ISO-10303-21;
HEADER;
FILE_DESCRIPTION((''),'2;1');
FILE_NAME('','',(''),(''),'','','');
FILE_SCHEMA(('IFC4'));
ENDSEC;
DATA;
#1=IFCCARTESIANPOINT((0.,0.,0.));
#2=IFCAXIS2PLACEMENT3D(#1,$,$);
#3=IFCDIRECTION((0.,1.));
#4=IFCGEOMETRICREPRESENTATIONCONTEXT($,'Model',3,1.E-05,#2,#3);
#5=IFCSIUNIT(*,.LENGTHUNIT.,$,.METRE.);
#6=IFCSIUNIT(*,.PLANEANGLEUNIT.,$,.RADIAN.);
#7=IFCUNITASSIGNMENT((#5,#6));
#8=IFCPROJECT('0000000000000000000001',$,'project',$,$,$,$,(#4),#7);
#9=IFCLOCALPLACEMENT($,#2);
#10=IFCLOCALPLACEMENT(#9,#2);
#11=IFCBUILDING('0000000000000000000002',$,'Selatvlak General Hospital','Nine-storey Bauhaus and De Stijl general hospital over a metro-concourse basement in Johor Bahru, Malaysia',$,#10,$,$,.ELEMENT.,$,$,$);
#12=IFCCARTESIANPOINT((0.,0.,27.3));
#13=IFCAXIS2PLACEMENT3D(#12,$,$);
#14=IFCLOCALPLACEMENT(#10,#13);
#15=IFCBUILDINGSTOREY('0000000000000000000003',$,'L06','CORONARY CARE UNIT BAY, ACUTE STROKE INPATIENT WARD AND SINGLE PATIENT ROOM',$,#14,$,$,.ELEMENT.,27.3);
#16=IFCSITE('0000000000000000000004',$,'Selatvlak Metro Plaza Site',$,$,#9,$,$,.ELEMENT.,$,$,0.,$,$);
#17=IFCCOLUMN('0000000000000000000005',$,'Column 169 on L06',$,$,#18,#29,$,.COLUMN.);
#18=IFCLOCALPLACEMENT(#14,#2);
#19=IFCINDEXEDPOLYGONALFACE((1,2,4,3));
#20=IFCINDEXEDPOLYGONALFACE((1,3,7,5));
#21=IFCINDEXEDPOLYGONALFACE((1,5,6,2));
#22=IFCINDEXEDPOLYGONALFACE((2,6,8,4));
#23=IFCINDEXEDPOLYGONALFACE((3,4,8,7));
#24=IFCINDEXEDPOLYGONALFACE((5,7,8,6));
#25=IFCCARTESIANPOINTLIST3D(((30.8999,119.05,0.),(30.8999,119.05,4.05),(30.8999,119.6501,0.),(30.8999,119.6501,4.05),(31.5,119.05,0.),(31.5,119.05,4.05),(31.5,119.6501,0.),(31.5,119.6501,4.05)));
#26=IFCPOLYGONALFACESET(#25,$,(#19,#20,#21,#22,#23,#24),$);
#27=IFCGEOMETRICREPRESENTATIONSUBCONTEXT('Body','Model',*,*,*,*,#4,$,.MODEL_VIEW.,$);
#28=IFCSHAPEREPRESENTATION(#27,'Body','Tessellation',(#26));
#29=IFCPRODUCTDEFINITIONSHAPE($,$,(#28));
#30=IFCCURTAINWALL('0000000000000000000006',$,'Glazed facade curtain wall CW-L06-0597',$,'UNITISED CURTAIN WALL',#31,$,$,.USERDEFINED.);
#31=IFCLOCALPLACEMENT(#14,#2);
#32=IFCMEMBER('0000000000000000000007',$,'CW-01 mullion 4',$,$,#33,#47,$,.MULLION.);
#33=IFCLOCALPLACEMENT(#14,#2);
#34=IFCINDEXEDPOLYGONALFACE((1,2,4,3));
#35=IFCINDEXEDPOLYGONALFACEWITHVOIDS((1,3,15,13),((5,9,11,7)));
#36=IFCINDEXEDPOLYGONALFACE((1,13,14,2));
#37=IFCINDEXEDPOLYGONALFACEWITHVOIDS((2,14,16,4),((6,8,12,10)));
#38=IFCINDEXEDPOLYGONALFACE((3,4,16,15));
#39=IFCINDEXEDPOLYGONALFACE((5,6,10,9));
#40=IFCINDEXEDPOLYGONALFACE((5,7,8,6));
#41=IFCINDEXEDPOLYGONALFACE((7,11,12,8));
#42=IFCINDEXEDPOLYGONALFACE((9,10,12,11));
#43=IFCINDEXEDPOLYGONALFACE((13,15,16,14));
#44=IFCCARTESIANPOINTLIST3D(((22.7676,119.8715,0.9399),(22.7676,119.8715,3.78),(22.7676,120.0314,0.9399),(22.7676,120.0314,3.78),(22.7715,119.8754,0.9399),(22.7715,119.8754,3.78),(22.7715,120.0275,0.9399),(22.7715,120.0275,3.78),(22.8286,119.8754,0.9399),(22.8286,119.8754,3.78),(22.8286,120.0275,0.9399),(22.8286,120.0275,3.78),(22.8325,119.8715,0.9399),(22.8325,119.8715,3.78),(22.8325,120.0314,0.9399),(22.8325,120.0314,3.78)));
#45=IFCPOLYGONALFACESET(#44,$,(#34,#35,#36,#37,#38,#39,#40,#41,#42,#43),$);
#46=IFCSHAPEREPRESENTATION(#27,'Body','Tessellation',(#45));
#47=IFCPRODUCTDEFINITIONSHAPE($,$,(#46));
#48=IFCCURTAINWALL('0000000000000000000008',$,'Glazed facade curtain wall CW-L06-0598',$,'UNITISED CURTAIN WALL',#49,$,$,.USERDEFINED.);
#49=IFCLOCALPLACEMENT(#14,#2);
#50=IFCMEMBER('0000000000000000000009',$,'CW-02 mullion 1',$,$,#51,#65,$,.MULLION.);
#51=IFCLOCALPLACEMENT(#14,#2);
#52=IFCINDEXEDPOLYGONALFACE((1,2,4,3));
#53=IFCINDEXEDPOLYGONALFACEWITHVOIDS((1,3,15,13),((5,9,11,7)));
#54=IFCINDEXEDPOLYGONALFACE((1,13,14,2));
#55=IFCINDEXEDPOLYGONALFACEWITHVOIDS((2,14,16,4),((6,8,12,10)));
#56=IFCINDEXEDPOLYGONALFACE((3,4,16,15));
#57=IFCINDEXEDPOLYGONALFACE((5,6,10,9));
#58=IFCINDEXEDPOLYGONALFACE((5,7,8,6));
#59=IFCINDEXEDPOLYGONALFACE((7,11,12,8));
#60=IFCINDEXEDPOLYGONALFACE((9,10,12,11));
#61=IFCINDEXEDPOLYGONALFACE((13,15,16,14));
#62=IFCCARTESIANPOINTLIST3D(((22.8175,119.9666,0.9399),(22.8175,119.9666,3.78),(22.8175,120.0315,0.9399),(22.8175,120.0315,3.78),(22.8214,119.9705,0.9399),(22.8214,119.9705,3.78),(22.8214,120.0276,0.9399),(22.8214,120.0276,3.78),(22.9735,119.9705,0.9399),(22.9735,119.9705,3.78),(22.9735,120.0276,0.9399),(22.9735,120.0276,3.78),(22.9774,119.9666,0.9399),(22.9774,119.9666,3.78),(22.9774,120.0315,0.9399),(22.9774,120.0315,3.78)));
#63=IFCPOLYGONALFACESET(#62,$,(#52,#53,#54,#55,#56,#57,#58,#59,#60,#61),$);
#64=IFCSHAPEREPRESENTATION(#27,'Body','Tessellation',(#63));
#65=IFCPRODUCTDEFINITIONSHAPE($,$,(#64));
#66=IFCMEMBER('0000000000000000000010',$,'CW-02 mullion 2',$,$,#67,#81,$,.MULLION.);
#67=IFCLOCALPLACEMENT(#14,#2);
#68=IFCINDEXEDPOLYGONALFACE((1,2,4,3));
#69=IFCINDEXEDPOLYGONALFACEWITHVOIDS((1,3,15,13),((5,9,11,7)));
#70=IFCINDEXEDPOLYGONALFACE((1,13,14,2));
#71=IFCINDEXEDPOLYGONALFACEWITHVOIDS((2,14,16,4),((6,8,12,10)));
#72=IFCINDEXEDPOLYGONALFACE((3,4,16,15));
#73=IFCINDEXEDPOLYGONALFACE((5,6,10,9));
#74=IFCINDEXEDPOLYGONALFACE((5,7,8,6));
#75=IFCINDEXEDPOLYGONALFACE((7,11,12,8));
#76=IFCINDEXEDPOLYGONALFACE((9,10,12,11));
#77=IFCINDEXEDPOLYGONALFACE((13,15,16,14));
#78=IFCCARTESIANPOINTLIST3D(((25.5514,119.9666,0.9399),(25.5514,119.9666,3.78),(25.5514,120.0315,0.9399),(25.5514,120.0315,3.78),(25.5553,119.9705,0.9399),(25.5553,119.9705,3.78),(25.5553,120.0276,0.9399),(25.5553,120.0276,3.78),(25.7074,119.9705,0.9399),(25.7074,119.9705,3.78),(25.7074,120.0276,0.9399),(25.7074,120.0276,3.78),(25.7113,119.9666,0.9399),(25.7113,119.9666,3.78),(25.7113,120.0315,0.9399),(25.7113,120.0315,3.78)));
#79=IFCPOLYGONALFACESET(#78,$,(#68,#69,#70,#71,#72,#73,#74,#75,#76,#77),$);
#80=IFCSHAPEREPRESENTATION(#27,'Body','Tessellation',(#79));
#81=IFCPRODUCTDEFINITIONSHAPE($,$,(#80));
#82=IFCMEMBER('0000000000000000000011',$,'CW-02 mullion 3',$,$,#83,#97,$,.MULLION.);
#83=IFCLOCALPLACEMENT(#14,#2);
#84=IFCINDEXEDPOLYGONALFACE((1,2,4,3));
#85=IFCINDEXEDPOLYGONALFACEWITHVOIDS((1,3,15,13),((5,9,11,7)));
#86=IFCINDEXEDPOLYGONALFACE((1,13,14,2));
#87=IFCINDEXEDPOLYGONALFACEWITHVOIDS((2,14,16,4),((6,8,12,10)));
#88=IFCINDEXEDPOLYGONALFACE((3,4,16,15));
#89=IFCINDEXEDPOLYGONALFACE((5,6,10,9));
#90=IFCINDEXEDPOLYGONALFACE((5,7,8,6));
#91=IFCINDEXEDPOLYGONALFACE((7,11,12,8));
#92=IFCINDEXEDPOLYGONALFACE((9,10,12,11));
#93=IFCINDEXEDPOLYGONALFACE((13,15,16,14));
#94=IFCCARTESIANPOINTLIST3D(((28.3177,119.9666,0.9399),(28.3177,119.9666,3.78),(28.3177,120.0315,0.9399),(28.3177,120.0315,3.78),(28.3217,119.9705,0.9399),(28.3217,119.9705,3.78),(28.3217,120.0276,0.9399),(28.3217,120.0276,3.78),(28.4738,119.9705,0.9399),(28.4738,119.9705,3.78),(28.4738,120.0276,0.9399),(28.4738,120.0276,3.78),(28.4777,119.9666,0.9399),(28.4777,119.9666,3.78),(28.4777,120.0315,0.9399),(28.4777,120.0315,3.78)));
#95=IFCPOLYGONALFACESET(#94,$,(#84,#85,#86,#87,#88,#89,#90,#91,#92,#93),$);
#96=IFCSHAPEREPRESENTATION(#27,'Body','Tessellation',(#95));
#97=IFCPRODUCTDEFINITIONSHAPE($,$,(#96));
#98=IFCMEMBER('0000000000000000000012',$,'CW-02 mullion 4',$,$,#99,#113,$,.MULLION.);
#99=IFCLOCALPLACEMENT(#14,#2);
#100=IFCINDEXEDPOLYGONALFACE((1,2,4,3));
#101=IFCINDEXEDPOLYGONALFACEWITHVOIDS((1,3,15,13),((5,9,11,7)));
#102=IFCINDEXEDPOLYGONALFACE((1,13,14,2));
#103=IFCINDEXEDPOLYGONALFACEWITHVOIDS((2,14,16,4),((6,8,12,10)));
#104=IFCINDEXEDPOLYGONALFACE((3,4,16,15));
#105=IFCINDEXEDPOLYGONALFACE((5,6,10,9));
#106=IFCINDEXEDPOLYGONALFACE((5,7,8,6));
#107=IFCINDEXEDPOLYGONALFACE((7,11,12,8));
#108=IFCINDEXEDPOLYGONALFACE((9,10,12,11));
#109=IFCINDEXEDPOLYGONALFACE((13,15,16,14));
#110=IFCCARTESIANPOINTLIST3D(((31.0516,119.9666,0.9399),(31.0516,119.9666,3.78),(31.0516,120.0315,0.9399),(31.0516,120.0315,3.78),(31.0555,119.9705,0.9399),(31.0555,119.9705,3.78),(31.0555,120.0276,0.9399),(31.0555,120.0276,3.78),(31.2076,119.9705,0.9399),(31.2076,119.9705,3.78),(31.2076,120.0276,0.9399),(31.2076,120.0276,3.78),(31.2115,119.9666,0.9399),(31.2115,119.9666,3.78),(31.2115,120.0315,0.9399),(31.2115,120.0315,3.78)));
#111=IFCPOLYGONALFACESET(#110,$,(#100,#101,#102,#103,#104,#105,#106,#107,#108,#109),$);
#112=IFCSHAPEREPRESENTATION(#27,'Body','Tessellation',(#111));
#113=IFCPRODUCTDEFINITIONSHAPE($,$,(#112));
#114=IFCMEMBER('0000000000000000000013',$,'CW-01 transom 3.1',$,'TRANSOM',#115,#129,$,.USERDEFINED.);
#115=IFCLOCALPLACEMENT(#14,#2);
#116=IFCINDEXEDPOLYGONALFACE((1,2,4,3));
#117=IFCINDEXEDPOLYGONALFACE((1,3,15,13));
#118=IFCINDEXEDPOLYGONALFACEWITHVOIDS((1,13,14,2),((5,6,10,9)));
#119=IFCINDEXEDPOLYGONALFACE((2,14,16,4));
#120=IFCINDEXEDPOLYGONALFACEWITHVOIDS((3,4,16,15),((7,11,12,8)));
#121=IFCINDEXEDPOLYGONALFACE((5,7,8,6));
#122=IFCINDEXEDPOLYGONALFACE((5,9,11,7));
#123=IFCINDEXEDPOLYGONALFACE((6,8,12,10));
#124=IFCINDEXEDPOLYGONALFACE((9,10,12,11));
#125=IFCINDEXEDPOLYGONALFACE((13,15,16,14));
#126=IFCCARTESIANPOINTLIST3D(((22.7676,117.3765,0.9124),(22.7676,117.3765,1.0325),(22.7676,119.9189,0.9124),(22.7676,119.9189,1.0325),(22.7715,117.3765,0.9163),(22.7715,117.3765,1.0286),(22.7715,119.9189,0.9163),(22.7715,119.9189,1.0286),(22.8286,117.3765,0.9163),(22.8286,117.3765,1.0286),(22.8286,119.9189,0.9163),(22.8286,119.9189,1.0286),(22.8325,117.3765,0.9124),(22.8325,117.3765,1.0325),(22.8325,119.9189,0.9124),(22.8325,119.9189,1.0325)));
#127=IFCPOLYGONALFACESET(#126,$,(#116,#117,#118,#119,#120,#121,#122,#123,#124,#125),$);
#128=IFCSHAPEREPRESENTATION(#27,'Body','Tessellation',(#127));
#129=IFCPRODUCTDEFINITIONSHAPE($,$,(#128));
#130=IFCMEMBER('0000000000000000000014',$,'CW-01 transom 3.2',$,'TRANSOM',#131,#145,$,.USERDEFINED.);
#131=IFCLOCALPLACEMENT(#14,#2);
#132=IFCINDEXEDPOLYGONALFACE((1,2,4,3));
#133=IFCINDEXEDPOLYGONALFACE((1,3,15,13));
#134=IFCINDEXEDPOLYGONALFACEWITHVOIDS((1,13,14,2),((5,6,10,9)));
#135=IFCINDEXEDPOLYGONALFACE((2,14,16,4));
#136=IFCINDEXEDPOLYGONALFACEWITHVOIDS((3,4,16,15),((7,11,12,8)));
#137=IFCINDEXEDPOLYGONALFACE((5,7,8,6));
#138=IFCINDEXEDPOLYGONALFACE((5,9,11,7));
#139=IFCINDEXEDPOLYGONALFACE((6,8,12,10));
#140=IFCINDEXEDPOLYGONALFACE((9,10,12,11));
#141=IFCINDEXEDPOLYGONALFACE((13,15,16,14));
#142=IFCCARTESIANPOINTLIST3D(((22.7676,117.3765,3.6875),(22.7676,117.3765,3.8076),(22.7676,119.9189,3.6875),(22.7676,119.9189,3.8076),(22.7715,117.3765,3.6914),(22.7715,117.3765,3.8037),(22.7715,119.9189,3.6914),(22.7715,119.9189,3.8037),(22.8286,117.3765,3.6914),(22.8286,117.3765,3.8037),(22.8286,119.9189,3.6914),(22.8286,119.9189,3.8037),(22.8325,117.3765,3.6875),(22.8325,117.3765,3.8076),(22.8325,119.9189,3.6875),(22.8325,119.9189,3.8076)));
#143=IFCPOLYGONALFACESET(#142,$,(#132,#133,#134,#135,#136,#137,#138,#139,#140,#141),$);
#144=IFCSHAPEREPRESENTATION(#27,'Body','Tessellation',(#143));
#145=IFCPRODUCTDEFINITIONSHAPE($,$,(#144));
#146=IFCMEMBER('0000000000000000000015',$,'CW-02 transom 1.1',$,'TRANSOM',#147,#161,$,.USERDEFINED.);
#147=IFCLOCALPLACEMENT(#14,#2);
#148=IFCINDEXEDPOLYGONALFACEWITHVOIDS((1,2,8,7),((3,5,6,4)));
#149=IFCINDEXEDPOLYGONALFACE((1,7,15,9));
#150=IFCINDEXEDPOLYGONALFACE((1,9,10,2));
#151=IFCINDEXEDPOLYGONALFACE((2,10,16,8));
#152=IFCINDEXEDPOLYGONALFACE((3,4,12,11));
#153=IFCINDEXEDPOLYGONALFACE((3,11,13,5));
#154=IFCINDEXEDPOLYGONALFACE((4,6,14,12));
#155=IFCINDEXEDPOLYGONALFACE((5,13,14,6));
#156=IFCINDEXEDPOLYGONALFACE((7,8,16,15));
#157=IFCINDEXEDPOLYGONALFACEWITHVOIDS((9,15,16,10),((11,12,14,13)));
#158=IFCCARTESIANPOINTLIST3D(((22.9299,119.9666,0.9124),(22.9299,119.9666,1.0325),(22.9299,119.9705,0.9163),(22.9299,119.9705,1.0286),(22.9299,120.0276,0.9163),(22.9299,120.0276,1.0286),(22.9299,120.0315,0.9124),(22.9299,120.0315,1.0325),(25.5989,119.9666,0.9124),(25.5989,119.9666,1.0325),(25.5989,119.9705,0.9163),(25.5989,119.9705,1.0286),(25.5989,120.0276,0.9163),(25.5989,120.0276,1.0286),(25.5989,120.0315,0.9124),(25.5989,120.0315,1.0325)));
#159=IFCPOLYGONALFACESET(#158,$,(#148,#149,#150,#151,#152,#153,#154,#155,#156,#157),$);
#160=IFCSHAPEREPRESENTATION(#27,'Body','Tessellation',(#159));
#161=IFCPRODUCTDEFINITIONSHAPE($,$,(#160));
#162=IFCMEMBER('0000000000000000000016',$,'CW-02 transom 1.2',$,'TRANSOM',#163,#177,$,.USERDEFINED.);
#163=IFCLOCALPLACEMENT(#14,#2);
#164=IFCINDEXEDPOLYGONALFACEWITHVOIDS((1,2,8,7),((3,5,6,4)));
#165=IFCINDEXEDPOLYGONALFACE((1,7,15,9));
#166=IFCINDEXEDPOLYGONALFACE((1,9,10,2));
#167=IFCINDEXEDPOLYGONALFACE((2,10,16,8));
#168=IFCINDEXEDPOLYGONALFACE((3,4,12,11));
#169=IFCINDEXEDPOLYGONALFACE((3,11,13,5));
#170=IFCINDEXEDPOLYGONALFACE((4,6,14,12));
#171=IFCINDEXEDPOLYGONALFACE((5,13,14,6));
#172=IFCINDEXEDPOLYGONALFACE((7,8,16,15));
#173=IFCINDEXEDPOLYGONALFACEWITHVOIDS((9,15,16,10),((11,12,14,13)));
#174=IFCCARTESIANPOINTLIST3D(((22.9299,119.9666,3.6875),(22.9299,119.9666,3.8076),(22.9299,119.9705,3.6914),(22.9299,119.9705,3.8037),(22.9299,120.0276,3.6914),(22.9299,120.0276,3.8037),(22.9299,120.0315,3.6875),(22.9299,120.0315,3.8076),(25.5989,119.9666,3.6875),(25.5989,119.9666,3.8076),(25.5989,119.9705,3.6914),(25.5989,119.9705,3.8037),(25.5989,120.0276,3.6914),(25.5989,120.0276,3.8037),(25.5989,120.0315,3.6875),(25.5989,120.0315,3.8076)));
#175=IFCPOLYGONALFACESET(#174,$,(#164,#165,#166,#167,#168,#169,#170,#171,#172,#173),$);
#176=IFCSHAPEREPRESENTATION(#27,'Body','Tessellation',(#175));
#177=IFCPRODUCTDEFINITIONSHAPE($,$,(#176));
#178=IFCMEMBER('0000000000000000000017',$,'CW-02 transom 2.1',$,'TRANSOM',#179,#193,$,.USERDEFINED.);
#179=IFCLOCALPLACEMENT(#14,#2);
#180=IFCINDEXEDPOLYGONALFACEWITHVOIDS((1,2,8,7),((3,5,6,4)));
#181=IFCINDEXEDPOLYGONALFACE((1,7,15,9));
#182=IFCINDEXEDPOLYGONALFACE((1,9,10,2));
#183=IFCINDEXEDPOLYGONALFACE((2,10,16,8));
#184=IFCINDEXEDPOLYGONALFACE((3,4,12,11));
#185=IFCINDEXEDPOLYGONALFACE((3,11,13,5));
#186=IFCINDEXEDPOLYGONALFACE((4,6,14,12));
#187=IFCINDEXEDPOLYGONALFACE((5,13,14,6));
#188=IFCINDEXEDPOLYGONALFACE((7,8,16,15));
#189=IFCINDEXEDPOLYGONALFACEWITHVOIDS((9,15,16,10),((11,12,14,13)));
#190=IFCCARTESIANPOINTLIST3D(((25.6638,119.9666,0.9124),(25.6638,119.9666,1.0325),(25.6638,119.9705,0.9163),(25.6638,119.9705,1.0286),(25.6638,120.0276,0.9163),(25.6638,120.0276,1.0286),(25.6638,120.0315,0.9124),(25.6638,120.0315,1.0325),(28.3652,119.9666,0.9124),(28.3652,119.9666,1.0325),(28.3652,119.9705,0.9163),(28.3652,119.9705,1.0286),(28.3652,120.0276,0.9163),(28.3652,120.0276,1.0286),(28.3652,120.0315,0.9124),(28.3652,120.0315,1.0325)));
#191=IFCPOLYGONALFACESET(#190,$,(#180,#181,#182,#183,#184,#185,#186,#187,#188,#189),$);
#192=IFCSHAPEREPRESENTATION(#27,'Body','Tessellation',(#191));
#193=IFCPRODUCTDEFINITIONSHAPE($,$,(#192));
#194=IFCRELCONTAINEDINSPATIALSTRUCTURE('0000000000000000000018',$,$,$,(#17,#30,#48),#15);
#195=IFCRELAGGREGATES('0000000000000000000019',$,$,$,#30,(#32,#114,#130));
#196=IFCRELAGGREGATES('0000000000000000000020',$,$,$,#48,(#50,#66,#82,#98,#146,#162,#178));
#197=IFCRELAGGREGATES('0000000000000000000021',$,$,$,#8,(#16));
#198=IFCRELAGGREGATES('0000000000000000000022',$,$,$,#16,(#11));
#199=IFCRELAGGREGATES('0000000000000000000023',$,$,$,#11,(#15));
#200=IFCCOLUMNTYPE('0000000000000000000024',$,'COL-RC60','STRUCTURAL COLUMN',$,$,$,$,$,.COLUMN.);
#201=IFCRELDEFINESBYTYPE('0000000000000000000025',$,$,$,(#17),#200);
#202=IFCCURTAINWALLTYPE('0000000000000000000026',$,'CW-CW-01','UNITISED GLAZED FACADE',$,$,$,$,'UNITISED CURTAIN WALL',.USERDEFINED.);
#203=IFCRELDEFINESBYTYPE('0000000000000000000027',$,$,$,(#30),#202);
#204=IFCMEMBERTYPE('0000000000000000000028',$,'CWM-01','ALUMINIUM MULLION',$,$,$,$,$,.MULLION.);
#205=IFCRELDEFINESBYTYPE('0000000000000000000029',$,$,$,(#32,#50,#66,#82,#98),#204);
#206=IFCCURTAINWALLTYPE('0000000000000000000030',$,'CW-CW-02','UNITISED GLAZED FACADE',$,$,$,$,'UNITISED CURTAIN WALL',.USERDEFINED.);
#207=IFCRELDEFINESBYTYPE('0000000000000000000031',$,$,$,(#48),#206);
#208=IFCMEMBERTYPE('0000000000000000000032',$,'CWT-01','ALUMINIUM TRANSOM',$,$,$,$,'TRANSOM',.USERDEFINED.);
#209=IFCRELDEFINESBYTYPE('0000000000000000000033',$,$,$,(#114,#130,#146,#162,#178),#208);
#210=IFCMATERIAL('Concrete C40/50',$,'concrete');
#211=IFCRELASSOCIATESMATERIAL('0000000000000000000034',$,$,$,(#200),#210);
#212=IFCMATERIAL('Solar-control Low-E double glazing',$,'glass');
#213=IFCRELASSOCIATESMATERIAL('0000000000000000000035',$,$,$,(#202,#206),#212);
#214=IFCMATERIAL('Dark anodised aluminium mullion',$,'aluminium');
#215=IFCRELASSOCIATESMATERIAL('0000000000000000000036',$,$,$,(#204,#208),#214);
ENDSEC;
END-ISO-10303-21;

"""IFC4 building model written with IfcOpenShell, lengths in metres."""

from ifc_helpers import new_model, si_unit, direction, frame, origin, origin_2d, place, context, subcontext, project, spatial, rectangle, hollow_rectangle, extrude, material, material_profile, profile_set, type_object, element, aggregate, save


model = new_model("IFC4")

# Units and contexts
model_context = context("Model", 3, precision=1e-05, world=origin(), true_north=direction((0.0, 1.0)))
body_context = subcontext(model_context, "Body", "Model", "MODEL_VIEW")
ifc_project = project(units=[si_unit("LENGTHUNIT", "METRE"), si_unit("PLANEANGLEUNIT", "RADIAN")], contexts=[model_context])

# Site, building, storey
site_placement = place(None, origin())
site = spatial("IfcSite", under=ifc_project, at=site_placement, Name="Selatvlak Metro Plaza Site", CompositionType="ELEMENT", RefElevation=0.0)
building_placement = place(site_placement, origin())
building = spatial("IfcBuilding", under=site, at=building_placement, Name="Selatvlak General Hospital", Description="Nine-storey Bauhaus and De Stijl general hospital over a metro-concourse basement in Johor Bahru, Malaysia", CompositionType="ELEMENT")
storey_placement = place(building_placement, frame((0.0, 0.0, 27.3)))
storey = spatial("IfcBuildingStorey", under=building, at=storey_placement, Name="L06", Description="CORONARY CARE UNIT BAY, ACUTE STROKE INPATIENT WARD AND SINGLE PATIENT ROOM", CompositionType="ELEMENT", Elevation=27.3)

# Column
ifc_material_1 = material(Name="Concrete C40/50", Category="concrete")
ifc_material_profile_1 = material_profile(ifc_material_1, rectangle(XDim=0.6001, YDim=0.6001, at=origin_2d()), Name="RC-COL 600x600")
ifc_profile_set_1 = profile_set([ifc_material_profile_1], Name="Concrete C40/50")
column_type = type_object("IfcColumnType", Name="COL-RC60", Description="STRUCTURAL COLUMN", PredefinedType="COLUMN", material=ifc_profile_set_1)
column_placement = place(storey_placement, frame((31.2, 119.3501, 0.0), z_axis=(0.0, 0.0, 1.0), x_axis=(1.0, 0.0, 0.0)))
element("IfcColumn", 1, at=column_placement, inside=storey, type_object=column_type, Name="Column 169 on L06", PredefinedType="COLUMN", context=body_context, shape_type="SweptSolid", body=[
    extrude(rectangle(XDim=0.6001, YDim=0.6001, at=origin_2d()), origin(), (0.0, 0.0, 1.0), 4.05),
])

# Curtain wall, member
ifc_material_2 = material(Name="Solar-control Low-E double glazing", Category="glass")
curtain_wall_type_1 = type_object("IfcCurtainWallType", Name="CW-CW-01", Description="UNITISED GLAZED FACADE", ElementType="UNITISED CURTAIN WALL", PredefinedType="USERDEFINED", material=ifc_material_2)
curtain_wall_1_placement = place(storey_placement, origin())
curtain_wall_1 = element("IfcCurtainWall", 2, at=curtain_wall_1_placement, inside=storey, type_object=curtain_wall_type_1, Name="Glazed facade curtain wall CW-L06-0597", ObjectType="UNITISED CURTAIN WALL", PredefinedType="USERDEFINED")
ifc_material_3 = material(Name="Dark anodised aluminium mullion", Category="aluminium")
ifc_material_profile_2 = material_profile(ifc_material_3, hollow_rectangle(XDim=0.0649, YDim=0.1599, WallThickness=0.0039, at=origin_2d()), Name="AL-MUL 65x160x4")
ifc_profile_set_2 = profile_set([ifc_material_profile_2], Name="Dark anodised aluminium mullion")
member_type_1 = type_object("IfcMemberType", Name="CWM-01", Description="ALUMINIUM MULLION", PredefinedType="MULLION", material=ifc_profile_set_2)
member_1_placement = place(storey_placement, frame((22.8, 119.9514, 0.9399), z_axis=(0.0, 0.0, 1.0), x_axis=(-1.0, 0.0, 0.0)))
member_1 = element("IfcMember", 3, at=member_1_placement, type_object=member_type_1, Name="CW-01 mullion 4", PredefinedType="MULLION", context=body_context, shape_type="SweptSolid", body=[
    extrude(hollow_rectangle(XDim=0.0649, YDim=0.1599, WallThickness=0.0039, at=origin_2d()), origin(), (0.0, 0.0, 1.0), 2.8401),
])

# Curtain wall, members
curtain_wall_type_2 = type_object("IfcCurtainWallType", Name="CW-CW-02", Description="UNITISED GLAZED FACADE", ElementType="UNITISED CURTAIN WALL", PredefinedType="USERDEFINED", material=ifc_material_2)
curtain_wall_2_placement = place(storey_placement, origin())
curtain_wall_2 = element("IfcCurtainWall", 4, at=curtain_wall_2_placement, inside=storey, type_object=curtain_wall_type_2, Name="Glazed facade curtain wall CW-L06-0598", ObjectType="UNITISED CURTAIN WALL", PredefinedType="USERDEFINED")
member_2_placement = place(storey_placement, frame((22.8975, 119.999, 0.9399), z_axis=(0.0, 0.0, 1.0), x_axis=(0.0, 1.0, 0.0)))
member_2 = element("IfcMember", 5, at=member_2_placement, type_object=member_type_1, Name="CW-02 mullion 1", PredefinedType="MULLION", context=body_context, shape_type="SweptSolid", body=[
    extrude(hollow_rectangle(XDim=0.0649, YDim=0.1599, WallThickness=0.0039, at=origin_2d()), origin(), (0.0, 0.0, 1.0), 2.8401),
])
member_3_placement = place(storey_placement, frame((25.6313, 119.999, 0.9399), z_axis=(0.0, 0.0, 1.0), x_axis=(0.0, 1.0, 0.0)))
member_3 = element("IfcMember", 6, at=member_3_placement, type_object=member_type_1, Name="CW-02 mullion 2", PredefinedType="MULLION", context=body_context, shape_type="SweptSolid", body=[
    extrude(hollow_rectangle(XDim=0.0649, YDim=0.1599, WallThickness=0.0039, at=origin_2d()), origin(), (0.0, 0.0, 1.0), 2.8401),
])
member_4_placement = place(storey_placement, frame((28.3977, 119.999, 0.9399), z_axis=(0.0, 0.0, 1.0), x_axis=(0.0, 1.0, 0.0)))
member_4 = element("IfcMember", 7, at=member_4_placement, type_object=member_type_1, Name="CW-02 mullion 3", PredefinedType="MULLION", context=body_context, shape_type="SweptSolid", body=[
    extrude(hollow_rectangle(XDim=0.0649, YDim=0.1599, WallThickness=0.0039, at=origin_2d()), origin(), (0.0, 0.0, 1.0), 2.8401),
])
member_5_placement = place(storey_placement, frame((31.1316, 119.999, 0.9399), z_axis=(0.0, 0.0, 1.0), x_axis=(0.0, 1.0, 0.0)))
member_5 = element("IfcMember", 8, at=member_5_placement, type_object=member_type_1, Name="CW-02 mullion 4", PredefinedType="MULLION", context=body_context, shape_type="SweptSolid", body=[
    extrude(hollow_rectangle(XDim=0.0649, YDim=0.1599, WallThickness=0.0039, at=origin_2d()), origin(), (0.0, 0.0, 1.0), 2.8401),
])

# Members
ifc_material_profile_3 = material_profile(ifc_material_3, hollow_rectangle(XDim=0.0649, YDim=0.1201, WallThickness=0.0039, at=origin_2d()), Name="AL-TRN 65x120x4")
ifc_profile_set_3 = profile_set([ifc_material_profile_3], Name="Dark anodised aluminium mullion")
member_type_2 = type_object("IfcMemberType", Name="CWT-01", Description="ALUMINIUM TRANSOM", ElementType="TRANSOM", PredefinedType="USERDEFINED", material=ifc_profile_set_3)
member_6_placement = place(storey_placement, frame((22.8, 117.3765, 0.9724), z_axis=(0.0, 1.0, 0.0), x_axis=(-1.0, 0.0, 0.0)))
member_6 = element("IfcMember", 9, at=member_6_placement, type_object=member_type_2, Name="CW-01 transom 3.1", ObjectType="TRANSOM", PredefinedType="USERDEFINED", context=body_context, shape_type="SweptSolid", body=[
    extrude(hollow_rectangle(XDim=0.0649, YDim=0.1201, WallThickness=0.0039, at=origin_2d()), origin(), (0.0, 0.0, 1.0), 2.5425),
])
member_7_placement = place(storey_placement, frame((22.8, 117.3765, 3.7476), z_axis=(0.0, 1.0, 0.0), x_axis=(-1.0, 0.0, 0.0)))
member_7 = element("IfcMember", 10, at=member_7_placement, type_object=member_type_2, Name="CW-01 transom 3.2", ObjectType="TRANSOM", PredefinedType="USERDEFINED", context=body_context, shape_type="SweptSolid", body=[
    extrude(hollow_rectangle(XDim=0.0649, YDim=0.1201, WallThickness=0.0039, at=origin_2d()), origin(), (0.0, 0.0, 1.0), 2.5425),
])
member_8_placement = place(storey_placement, frame((22.9299, 119.999, 0.9724), z_axis=(1.0, 0.0, 0.0), x_axis=(0.0, 1.0, 0.0)))
member_8 = element("IfcMember", 11, at=member_8_placement, type_object=member_type_2, Name="CW-02 transom 1.1", ObjectType="TRANSOM", PredefinedType="USERDEFINED", context=body_context, shape_type="SweptSolid", body=[
    extrude(hollow_rectangle(XDim=0.0649, YDim=0.1201, WallThickness=0.0039, at=origin_2d()), origin(), (0.0, 0.0, 1.0), 2.6689),
])
member_9_placement = place(storey_placement, frame((22.9299, 119.999, 3.7476), z_axis=(1.0, 0.0, 0.0), x_axis=(0.0, 1.0, 0.0)))
member_9 = element("IfcMember", 12, at=member_9_placement, type_object=member_type_2, Name="CW-02 transom 1.2", ObjectType="TRANSOM", PredefinedType="USERDEFINED", context=body_context, shape_type="SweptSolid", body=[
    extrude(hollow_rectangle(XDim=0.0649, YDim=0.1201, WallThickness=0.0039, at=origin_2d()), origin(), (0.0, 0.0, 1.0), 2.6689),
])
member_10_placement = place(storey_placement, frame((25.6638, 119.999, 0.9724), z_axis=(1.0, 0.0, 0.0), x_axis=(0.0, 1.0, 0.0)))
member_10 = element("IfcMember", 13, at=member_10_placement, type_object=member_type_2, Name="CW-02 transom 2.1", ObjectType="TRANSOM", PredefinedType="USERDEFINED", context=body_context, shape_type="SweptSolid", body=[
    extrude(hollow_rectangle(XDim=0.0649, YDim=0.1201, WallThickness=0.0039, at=origin_2d()), origin(), (0.0, 0.0, 1.0), 2.7014),
])

aggregate(curtain_wall_1, [member_1, member_6, member_7])
aggregate(curtain_wall_2, [member_2, member_3, member_4, member_5, member_8, member_9, member_10])

save(model, "model.ifc")
